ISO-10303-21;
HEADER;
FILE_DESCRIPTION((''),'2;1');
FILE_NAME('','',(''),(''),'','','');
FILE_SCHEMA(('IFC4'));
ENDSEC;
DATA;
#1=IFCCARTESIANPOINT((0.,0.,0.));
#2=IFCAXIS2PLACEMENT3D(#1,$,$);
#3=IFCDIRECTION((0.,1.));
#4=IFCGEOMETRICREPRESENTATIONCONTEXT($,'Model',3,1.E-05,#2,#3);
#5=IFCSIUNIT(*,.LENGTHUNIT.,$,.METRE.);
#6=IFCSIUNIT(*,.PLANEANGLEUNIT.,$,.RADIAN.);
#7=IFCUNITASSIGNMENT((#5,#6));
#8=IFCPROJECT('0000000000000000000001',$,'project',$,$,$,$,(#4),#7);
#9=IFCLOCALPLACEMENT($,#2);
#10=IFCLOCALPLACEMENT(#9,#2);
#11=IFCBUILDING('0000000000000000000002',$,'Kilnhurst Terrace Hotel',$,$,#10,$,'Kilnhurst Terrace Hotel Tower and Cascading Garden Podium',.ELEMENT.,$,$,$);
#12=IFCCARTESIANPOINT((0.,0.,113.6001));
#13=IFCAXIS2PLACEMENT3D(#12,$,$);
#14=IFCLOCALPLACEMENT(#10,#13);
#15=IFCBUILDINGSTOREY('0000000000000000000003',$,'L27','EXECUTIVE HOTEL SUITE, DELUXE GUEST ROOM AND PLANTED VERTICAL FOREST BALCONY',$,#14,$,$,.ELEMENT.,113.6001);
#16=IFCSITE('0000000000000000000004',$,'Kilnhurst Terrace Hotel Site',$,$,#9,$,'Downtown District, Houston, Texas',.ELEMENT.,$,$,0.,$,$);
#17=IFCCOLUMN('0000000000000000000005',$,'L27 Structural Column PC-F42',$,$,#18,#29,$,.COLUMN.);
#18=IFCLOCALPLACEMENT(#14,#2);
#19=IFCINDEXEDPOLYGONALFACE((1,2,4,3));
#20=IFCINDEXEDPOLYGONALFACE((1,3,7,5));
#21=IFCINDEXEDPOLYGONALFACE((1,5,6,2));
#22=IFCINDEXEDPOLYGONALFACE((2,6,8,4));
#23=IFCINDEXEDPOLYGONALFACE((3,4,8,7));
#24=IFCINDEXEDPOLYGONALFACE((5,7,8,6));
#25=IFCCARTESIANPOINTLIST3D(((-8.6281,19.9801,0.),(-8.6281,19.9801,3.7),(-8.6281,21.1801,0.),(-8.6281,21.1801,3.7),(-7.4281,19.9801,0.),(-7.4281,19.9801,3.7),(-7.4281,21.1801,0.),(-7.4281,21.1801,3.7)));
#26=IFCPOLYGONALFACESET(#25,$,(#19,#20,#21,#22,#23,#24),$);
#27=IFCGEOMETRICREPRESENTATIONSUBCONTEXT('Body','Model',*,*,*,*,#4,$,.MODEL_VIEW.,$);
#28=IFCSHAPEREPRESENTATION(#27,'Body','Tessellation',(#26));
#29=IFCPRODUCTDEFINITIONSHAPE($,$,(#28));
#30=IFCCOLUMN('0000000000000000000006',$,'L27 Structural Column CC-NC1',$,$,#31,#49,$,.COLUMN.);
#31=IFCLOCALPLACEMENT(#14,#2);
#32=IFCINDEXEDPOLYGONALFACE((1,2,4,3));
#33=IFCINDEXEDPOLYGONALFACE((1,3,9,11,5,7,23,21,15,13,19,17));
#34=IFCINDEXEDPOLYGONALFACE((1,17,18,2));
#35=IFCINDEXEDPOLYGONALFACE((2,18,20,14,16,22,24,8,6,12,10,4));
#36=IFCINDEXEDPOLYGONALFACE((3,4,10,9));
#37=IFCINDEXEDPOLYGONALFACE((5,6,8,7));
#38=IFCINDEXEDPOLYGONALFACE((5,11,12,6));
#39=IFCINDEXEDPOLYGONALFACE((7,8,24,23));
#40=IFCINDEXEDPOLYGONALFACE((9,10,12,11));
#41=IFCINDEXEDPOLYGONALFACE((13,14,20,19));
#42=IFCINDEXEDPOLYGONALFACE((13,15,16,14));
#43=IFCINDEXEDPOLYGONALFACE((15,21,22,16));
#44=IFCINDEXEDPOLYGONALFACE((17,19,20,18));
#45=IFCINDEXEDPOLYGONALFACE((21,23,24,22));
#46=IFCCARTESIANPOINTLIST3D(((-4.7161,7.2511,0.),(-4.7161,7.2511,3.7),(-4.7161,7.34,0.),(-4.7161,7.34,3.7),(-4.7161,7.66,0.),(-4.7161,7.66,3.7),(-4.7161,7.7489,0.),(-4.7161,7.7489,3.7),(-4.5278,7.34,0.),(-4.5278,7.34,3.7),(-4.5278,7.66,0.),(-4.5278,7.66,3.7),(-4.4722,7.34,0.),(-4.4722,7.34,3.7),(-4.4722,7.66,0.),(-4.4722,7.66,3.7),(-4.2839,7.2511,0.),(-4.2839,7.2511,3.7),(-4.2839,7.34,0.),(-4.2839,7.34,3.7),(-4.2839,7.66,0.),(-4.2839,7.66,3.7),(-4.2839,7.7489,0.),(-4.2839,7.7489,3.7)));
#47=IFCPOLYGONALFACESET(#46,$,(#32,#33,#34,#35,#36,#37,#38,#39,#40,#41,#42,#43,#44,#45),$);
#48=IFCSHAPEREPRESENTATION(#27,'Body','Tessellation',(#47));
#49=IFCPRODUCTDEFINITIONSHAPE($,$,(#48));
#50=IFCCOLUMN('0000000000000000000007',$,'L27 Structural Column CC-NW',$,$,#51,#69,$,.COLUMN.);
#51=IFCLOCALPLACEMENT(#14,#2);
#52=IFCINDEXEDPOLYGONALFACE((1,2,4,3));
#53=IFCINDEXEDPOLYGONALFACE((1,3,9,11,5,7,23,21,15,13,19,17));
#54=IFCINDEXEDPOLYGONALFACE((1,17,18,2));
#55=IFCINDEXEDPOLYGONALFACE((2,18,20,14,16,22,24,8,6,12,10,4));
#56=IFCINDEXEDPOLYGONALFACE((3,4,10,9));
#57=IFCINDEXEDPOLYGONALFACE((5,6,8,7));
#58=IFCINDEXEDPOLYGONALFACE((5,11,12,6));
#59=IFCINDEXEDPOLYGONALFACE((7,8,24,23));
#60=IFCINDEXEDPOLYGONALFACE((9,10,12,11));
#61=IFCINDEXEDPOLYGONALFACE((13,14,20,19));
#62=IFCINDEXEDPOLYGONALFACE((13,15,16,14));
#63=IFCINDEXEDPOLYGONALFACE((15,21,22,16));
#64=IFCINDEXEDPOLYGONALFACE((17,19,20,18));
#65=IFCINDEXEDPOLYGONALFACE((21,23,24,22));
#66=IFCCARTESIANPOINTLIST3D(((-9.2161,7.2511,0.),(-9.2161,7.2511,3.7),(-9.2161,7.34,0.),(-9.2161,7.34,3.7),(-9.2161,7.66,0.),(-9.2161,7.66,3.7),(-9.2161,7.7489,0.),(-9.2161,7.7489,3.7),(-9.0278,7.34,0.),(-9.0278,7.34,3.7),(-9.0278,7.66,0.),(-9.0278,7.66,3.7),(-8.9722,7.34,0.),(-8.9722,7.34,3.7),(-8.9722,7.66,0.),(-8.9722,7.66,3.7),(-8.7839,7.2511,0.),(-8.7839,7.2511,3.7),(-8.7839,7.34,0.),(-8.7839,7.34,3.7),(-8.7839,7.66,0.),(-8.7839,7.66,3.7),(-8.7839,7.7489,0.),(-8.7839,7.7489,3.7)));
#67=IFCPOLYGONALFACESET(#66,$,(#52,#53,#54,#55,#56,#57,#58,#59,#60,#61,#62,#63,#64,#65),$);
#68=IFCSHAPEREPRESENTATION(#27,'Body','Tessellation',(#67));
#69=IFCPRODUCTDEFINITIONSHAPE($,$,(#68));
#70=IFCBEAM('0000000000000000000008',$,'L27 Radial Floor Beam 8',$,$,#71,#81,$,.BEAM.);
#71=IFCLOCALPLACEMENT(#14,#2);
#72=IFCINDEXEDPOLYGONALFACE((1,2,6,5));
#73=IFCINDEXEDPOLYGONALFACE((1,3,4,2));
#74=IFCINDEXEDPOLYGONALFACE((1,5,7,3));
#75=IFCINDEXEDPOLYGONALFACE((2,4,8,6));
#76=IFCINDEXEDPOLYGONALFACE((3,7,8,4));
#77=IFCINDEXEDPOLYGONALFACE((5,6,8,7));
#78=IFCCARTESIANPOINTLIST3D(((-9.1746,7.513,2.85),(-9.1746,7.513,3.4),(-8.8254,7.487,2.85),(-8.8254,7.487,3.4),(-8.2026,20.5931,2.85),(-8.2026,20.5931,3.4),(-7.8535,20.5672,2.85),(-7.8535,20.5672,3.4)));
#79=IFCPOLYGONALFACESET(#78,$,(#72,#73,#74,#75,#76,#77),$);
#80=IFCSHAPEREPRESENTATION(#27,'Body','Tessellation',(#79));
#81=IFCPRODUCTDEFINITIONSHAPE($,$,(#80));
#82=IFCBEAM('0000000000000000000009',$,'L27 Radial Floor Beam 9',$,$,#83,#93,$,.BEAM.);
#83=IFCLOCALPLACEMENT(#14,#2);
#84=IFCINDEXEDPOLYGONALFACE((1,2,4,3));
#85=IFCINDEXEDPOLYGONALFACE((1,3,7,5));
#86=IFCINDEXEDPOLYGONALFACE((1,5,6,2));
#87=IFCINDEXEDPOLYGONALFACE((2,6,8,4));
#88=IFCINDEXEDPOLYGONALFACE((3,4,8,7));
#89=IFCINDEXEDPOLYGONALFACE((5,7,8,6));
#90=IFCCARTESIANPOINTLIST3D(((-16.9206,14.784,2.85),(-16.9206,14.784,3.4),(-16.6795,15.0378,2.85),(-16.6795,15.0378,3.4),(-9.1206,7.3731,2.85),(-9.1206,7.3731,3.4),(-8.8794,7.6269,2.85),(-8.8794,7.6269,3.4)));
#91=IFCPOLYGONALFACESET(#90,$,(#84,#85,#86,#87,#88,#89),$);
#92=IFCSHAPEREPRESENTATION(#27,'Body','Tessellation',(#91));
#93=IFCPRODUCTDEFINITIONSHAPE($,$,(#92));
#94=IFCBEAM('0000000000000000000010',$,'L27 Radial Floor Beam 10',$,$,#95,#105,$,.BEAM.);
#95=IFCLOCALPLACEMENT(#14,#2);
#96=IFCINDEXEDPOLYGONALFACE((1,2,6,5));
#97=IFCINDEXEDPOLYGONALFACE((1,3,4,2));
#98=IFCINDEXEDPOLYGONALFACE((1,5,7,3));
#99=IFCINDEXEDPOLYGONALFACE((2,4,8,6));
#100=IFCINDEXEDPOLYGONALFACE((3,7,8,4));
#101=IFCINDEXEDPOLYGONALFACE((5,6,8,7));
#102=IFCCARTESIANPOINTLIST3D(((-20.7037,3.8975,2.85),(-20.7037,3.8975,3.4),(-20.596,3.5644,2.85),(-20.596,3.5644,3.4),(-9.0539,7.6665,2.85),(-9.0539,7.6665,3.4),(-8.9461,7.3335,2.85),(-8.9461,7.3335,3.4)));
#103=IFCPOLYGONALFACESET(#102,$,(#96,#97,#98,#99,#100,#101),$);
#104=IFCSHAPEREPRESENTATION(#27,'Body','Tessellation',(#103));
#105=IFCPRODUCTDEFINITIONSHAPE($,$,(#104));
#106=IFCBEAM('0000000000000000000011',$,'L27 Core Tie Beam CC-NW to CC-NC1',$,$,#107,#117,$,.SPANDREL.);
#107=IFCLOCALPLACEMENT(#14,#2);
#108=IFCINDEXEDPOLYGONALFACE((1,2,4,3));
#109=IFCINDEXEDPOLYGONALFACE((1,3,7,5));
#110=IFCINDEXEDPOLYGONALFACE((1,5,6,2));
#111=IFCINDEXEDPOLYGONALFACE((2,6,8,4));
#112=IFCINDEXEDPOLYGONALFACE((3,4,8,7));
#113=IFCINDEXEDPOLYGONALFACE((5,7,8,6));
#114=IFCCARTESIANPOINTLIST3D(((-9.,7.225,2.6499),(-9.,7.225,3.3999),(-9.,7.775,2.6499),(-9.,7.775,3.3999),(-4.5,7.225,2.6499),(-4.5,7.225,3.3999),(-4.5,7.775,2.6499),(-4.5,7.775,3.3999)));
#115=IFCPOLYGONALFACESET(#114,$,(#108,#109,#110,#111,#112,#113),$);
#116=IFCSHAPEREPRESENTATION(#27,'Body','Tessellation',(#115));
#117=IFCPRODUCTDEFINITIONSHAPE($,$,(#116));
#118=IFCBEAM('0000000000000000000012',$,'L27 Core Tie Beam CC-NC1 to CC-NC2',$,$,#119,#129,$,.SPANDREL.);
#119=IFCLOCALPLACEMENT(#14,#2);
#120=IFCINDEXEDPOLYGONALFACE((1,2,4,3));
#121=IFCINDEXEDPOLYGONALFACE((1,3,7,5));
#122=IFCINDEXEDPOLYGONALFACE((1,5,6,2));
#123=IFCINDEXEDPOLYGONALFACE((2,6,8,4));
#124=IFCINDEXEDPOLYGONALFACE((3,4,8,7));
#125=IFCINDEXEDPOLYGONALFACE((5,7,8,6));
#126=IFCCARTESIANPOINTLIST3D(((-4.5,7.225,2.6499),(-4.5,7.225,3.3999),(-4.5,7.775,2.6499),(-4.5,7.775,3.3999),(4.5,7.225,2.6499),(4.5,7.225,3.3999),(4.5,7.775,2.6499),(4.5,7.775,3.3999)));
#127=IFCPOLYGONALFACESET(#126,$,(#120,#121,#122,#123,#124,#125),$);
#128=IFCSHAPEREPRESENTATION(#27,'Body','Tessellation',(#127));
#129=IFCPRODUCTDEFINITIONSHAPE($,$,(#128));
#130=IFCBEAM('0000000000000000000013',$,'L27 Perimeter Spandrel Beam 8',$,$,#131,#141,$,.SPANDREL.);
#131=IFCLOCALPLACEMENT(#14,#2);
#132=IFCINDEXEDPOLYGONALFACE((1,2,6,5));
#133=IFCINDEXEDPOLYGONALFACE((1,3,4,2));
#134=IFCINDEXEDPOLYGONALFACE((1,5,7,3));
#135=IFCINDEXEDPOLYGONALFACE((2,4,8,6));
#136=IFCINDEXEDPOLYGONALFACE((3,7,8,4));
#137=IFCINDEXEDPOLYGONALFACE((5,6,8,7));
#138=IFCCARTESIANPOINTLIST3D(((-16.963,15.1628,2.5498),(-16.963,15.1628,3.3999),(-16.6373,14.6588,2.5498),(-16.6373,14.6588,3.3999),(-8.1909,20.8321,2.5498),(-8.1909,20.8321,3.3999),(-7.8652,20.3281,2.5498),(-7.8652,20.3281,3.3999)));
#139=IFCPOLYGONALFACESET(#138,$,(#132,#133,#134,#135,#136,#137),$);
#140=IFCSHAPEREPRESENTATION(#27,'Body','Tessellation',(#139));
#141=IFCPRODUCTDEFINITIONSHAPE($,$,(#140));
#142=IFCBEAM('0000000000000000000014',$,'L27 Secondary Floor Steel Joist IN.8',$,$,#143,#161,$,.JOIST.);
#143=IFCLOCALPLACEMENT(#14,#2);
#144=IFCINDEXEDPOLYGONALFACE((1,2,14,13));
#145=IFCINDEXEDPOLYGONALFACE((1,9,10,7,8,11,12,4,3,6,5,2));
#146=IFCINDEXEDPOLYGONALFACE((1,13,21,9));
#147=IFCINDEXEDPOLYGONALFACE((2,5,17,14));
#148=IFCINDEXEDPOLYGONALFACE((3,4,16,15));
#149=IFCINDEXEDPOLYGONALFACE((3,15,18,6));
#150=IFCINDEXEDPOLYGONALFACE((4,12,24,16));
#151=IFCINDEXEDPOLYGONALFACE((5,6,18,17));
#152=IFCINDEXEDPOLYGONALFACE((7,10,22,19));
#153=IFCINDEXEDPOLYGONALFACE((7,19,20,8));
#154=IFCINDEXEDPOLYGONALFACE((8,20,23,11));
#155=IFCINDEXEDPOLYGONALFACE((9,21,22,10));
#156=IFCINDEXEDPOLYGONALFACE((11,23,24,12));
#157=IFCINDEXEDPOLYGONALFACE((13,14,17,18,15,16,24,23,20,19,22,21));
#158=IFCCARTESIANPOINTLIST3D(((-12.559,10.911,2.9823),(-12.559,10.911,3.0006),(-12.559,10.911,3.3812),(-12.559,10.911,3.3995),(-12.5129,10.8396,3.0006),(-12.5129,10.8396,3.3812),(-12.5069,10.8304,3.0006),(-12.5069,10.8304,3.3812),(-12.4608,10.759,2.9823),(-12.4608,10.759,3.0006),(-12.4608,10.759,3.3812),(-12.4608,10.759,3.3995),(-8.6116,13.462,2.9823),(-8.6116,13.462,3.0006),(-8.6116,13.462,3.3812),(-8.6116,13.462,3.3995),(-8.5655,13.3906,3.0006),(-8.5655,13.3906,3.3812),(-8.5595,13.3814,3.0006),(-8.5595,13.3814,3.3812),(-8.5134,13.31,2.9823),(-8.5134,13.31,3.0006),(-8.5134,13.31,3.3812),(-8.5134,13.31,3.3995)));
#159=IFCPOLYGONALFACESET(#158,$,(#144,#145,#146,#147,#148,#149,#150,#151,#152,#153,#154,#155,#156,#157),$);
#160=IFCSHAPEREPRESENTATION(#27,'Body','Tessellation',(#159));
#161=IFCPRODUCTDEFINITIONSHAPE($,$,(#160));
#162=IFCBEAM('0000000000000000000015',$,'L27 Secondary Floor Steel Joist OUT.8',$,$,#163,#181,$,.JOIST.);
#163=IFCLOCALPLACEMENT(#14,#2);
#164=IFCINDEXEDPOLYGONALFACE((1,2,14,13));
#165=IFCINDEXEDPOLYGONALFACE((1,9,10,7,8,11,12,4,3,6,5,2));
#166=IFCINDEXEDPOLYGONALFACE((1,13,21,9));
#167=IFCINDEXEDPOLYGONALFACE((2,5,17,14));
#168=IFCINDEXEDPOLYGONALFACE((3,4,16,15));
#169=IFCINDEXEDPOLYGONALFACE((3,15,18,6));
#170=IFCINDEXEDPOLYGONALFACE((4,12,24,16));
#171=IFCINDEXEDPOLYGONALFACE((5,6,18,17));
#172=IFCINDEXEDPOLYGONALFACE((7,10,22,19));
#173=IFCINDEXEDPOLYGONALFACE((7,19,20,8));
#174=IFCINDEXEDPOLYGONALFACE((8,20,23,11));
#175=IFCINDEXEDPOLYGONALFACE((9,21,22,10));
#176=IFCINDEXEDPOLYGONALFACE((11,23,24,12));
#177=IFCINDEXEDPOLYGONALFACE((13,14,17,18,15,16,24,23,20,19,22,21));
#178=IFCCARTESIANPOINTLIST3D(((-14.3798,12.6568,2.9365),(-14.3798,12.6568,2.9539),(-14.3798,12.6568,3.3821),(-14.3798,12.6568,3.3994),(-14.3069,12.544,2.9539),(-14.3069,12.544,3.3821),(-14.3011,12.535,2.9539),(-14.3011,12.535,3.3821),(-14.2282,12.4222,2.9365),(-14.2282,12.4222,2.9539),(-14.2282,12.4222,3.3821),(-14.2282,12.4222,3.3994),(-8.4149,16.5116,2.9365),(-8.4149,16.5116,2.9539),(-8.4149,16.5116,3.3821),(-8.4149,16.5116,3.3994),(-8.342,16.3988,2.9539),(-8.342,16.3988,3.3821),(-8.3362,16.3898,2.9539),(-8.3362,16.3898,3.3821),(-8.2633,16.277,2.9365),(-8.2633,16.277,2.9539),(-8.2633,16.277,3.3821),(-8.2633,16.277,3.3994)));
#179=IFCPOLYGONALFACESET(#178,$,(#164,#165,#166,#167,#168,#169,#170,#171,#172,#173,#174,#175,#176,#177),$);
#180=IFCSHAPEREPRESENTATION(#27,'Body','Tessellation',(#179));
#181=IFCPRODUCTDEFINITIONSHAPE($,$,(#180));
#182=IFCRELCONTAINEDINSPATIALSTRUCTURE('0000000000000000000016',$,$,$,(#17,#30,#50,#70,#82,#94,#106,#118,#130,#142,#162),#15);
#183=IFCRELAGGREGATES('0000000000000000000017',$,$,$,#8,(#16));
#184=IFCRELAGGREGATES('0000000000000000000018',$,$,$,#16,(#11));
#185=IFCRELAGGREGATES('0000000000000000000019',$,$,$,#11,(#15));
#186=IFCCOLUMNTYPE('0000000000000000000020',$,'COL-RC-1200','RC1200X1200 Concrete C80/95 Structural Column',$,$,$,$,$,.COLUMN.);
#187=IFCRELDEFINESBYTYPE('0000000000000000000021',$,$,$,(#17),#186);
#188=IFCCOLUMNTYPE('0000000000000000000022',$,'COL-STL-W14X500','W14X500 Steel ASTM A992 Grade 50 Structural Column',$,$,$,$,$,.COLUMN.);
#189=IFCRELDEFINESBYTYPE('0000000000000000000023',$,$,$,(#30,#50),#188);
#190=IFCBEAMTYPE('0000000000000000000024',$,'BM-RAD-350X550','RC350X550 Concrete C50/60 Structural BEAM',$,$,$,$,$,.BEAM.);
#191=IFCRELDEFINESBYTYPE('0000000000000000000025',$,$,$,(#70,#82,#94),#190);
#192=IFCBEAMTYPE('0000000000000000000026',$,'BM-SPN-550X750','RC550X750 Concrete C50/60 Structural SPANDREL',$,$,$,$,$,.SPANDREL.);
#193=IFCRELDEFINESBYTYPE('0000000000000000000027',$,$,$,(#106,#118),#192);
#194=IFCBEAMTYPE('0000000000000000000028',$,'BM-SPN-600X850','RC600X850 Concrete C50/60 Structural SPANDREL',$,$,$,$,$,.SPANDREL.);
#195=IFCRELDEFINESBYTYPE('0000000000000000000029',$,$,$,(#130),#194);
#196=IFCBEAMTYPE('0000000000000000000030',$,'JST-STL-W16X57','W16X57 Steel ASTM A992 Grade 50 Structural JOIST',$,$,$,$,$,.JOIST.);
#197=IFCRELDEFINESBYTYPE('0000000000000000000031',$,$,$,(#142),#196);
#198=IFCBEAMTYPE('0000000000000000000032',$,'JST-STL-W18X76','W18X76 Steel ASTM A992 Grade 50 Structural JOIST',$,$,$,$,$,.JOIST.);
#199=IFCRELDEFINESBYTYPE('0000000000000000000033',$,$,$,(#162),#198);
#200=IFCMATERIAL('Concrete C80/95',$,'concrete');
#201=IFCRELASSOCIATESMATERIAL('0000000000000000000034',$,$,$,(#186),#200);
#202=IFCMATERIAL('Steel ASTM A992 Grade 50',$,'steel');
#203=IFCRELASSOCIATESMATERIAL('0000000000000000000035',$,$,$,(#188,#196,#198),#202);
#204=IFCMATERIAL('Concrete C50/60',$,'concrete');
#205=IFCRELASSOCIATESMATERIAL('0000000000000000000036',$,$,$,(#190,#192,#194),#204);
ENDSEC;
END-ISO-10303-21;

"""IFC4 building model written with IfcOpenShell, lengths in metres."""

from ifc_helpers import new_model, si_unit, direction, frame, origin, origin_2d, place, context, subcontext, project, spatial, rectangle, i_section, extrude, material, material_profile, profile_set, type_object, element, save


model = new_model("IFC4")

# Units and contexts
model_context = context("Model", 3, precision=1e-05, world=origin(), true_north=direction((0.0, 1.0)))
body_context = subcontext(model_context, "Body", "Model", "MODEL_VIEW")
ifc_project = project(units=[si_unit("LENGTHUNIT", "METRE"), si_unit("PLANEANGLEUNIT", "RADIAN")], contexts=[model_context])

# Site, building, storey
site_placement = place(None, origin())
site = spatial("IfcSite", under=ifc_project, at=site_placement, Name="Kilnhurst Terrace Hotel Site", LongName="Downtown District, Houston, Texas", CompositionType="ELEMENT", RefElevation=0.0)
building_placement = place(site_placement, origin())
building = spatial("IfcBuilding", under=site, at=building_placement, Name="Kilnhurst Terrace Hotel", LongName="Kilnhurst Terrace Hotel Tower and Cascading Garden Podium", CompositionType="ELEMENT")
storey_placement = place(building_placement, frame((0.0, 0.0, 113.6001)))
storey = spatial("IfcBuildingStorey", under=building, at=storey_placement, Name="L27", Description="EXECUTIVE HOTEL SUITE, DELUXE GUEST ROOM AND PLANTED VERTICAL FOREST BALCONY", CompositionType="ELEMENT", Elevation=113.6001)

# Columns
ifc_material_1 = material(Name="Concrete C80/95", Category="concrete")
ifc_material_profile_1 = material_profile(ifc_material_1, rectangle(XDim=1.2, YDim=1.2, at=origin_2d()), Name="RC1200X1200")
ifc_profile_set_1 = profile_set([ifc_material_profile_1], Name="Concrete C80/95")
column_type_1 = type_object("IfcColumnType", Name="COL-RC-1200", Description="RC1200X1200 Concrete C80/95 Structural Column", PredefinedType="COLUMN", material=ifc_profile_set_1)
column_placement = place(storey_placement, frame((-8.0281, 20.5801, 0.0), z_axis=(0.0, 0.0, 1.0), x_axis=(1.0, 0.0, 0.0)))
element("IfcColumn", 1, at=column_placement, inside=storey, type_object=column_type_1, Name="L27 Structural Column PC-F42", PredefinedType="COLUMN", context=body_context, shape_type="SweptSolid", body=[
    extrude(rectangle(XDim=1.2, YDim=1.2, at=origin_2d()), origin(), (0.0, 0.0, 1.0), 3.7),
])
ifc_material_2 = material(Name="Steel ASTM A992 Grade 50", Category="steel")
ifc_material_profile_2 = material_profile(ifc_material_2, i_section(OverallWidth=0.4321, OverallDepth=0.4978, WebThickness=0.0557, FlangeThickness=0.0889, at=origin_2d()), Name="W14X500")
ifc_profile_set_2 = profile_set([ifc_material_profile_2], Name="Steel ASTM A992 Grade 50")
column_type_2 = type_object("IfcColumnType", Name="COL-STL-W14X500", Description="W14X500 Steel ASTM A992 Grade 50 Structural Column", PredefinedType="COLUMN", material=ifc_profile_set_2)
for number, where, z_axis, x_axis, name in (
    (2, (-4.5, 7.5, 0.0), (0.0, 0.0, 1.0), (1.0, 0.0, 0.0), "L27 Structural Column CC-NC1"),
    (3, (-9.0, 7.5, 0.0), (0.0, 0.0, 1.0), (1.0, 0.0, 0.0), "L27 Structural Column CC-NW"),
):
    element("IfcColumn", number, at=place(storey_placement, frame(where, z_axis=z_axis, x_axis=x_axis)), inside=storey, type_object=column_type_2, Name=name, PredefinedType="COLUMN", context=body_context, shape_type="SweptSolid", body=[
        extrude(i_section(OverallWidth=0.4321, OverallDepth=0.4978, WebThickness=0.0557, FlangeThickness=0.0889, at=origin_2d()), origin(), (0.0, 0.0, 1.0), 3.7),
    ])

# Beams
ifc_material_3 = material(Name="Concrete C50/60", Category="concrete")
ifc_material_profile_3 = material_profile(ifc_material_3, rectangle(XDim=0.3501, YDim=0.55, at=origin_2d()), Name="RC350X550")
ifc_profile_set_3 = profile_set([ifc_material_profile_3], Name="Concrete C50/60")
beam_type_1 = type_object("IfcBeamType", Name="BM-RAD-350X550", Description="RC350X550 Concrete C50/60 Structural BEAM", PredefinedType="BEAM", material=ifc_profile_set_3)
beam_1_placement = place(storey_placement, frame((-9.0, 7.5, 3.125), z_axis=(0.074101, 0.997251, 0.0), x_axis=(-0.997251, 0.074101, 0.0)))
element("IfcBeam", 4, at=beam_1_placement, inside=storey, type_object=beam_type_1, Name="L27 Radial Floor Beam 8", PredefinedType="BEAM", context=body_context, shape_type="SweptSolid", body=[
    extrude(rectangle(XDim=0.3501, YDim=0.55, at=origin_2d()), origin(), (0.0, 0.0, 1.0), 13.1162),
])
beam_2_placement = place(storey_placement, frame((-9.0, 7.5, 3.125), z_axis=(-0.72496, 0.688791, 0.0), x_axis=(-0.688791, -0.72496, 0.0)))
element("IfcBeam", 5, at=beam_2_placement, inside=storey, type_object=beam_type_1, Name="L27 Radial Floor Beam 9", PredefinedType="BEAM", context=body_context, shape_type="SweptSolid", body=[
    extrude(rectangle(XDim=0.3501, YDim=0.55, at=origin_2d()), origin(), (0.0, 0.0, 1.0), 10.7593),
])
beam_3_placement = place(storey_placement, frame((-9.0, 7.5, 3.125), z_axis=(-0.951446, -0.307817, 0.0), x_axis=(0.307817, -0.951446, 0.0)))
element("IfcBeam", 6, at=beam_3_placement, inside=storey, type_object=beam_type_1, Name="L27 Radial Floor Beam 10", PredefinedType="BEAM", context=body_context, shape_type="SweptSolid", body=[
    extrude(rectangle(XDim=0.3501, YDim=0.55, at=origin_2d()), origin(), (0.0, 0.0, 1.0), 12.2444),
])
ifc_material_profile_4 = material_profile(ifc_material_3, rectangle(XDim=0.55, YDim=0.75, at=origin_2d()), Name="RC550X750")
ifc_profile_set_4 = profile_set([ifc_material_profile_4], Name="Concrete C50/60")
beam_type_2 = type_object("IfcBeamType", Name="BM-SPN-550X750", Description="RC550X750 Concrete C50/60 Structural SPANDREL", PredefinedType="SPANDREL", material=ifc_profile_set_4)
beam_4_placement = place(storey_placement, frame((-9.0, 7.5, 3.0249), z_axis=(1.0, 0.0, 0.0), x_axis=(0.0, 1.0, 0.0)))
element("IfcBeam", 7, at=beam_4_placement, inside=storey, type_object=beam_type_2, Name="L27 Core Tie Beam CC-NW to CC-NC1", PredefinedType="SPANDREL", context=body_context, shape_type="SweptSolid", body=[
    extrude(rectangle(XDim=0.55, YDim=0.75, at=origin_2d()), origin(), (0.0, 0.0, 1.0), 4.5),
])
beam_5_placement = place(storey_placement, frame((-4.5, 7.5, 3.0249), z_axis=(1.0, 0.0, 0.0), x_axis=(0.0, 1.0, 0.0)))
element("IfcBeam", 8, at=beam_5_placement, inside=storey, type_object=beam_type_2, Name="L27 Core Tie Beam CC-NC1 to CC-NC2", PredefinedType="SPANDREL", context=body_context, shape_type="SweptSolid", body=[
    extrude(rectangle(XDim=0.55, YDim=0.75, at=origin_2d()), origin(), (0.0, 0.0, 1.0), 9.0),
])
ifc_material_profile_5 = material_profile(ifc_material_3, rectangle(XDim=0.6001, YDim=0.8501, at=origin_2d()), Name="RC600X850")
ifc_profile_set_5 = profile_set([ifc_material_profile_5], Name="Concrete C50/60")
beam_type_3 = type_object("IfcBeamType", Name="BM-SPN-600X850", Description="RC600X850 Concrete C50/60 Structural SPANDREL", PredefinedType="SPANDREL", material=ifc_profile_set_5)
beam_6_placement = place(storey_placement, frame((-8.0281, 20.5801, 2.9749), z_axis=(-0.839867, -0.542793, 0.0), x_axis=(0.542793, -0.839867, 0.0)))
element("IfcBeam", 9, at=beam_6_placement, inside=storey, type_object=beam_type_3, Name="L27 Perimeter Spandrel Beam 8", PredefinedType="SPANDREL", context=body_context, shape_type="SweptSolid", body=[
    extrude(rectangle(XDim=0.6001, YDim=0.8501, at=origin_2d()), origin(), (0.0, 0.0, 1.0), 10.4446),
])
ifc_material_profile_6 = material_profile(ifc_material_2, i_section(OverallWidth=0.1809, OverallDepth=0.4172, WebThickness=0.011, FlangeThickness=0.0183, at=origin_2d()), Name="W16X57")
ifc_profile_set_6 = profile_set([ifc_material_profile_6], Name="Steel ASTM A992 Grade 50")
beam_type_4 = type_object("IfcBeamType", Name="JST-STL-W16X57", Description="W16X57 Steel ASTM A992 Grade 50 Structural JOIST", PredefinedType="JOIST", material=ifc_profile_set_6)
beam_7_placement = place(storey_placement, frame((-8.5625, 13.386, 3.1909), z_axis=(-0.839885, -0.542764, 0.0), x_axis=(0.542764, -0.839885, 0.0)))
element("IfcBeam", 10, at=beam_7_placement, inside=storey, type_object=beam_type_4, Name="L27 Secondary Floor Steel Joist IN.8", PredefinedType="JOIST", context=body_context, shape_type="SweptSolid", body=[
    extrude(i_section(OverallWidth=0.1809, OverallDepth=0.4172, WebThickness=0.011, FlangeThickness=0.0183, at=origin_2d()), origin(), (0.0, 0.0, 1.0), 4.7),
])
ifc_material_profile_7 = material_profile(ifc_material_2, i_section(OverallWidth=0.2793, OverallDepth=0.4629, WebThickness=0.0107, FlangeThickness=0.0173, at=origin_2d()), Name="W18X76")
ifc_profile_set_7 = profile_set([ifc_material_profile_7], Name="Steel ASTM A992 Grade 50")
beam_type_5 = type_object("IfcBeamType", Name="JST-STL-W18X76", Description="W18X76 Steel ASTM A992 Grade 50 Structural JOIST", PredefinedType="JOIST", material=ifc_profile_set_7)
beam_8_placement = place(storey_placement, frame((-8.3391, 16.3943, 3.168), z_axis=(-0.839883, -0.542768, 0.0), x_axis=(0.542768, -0.839883, 0.0)))
element("IfcBeam", 11, at=beam_8_placement, inside=storey, type_object=beam_type_5, Name="L27 Secondary Floor Steel Joist OUT.8", PredefinedType="JOIST", context=body_context, shape_type="SweptSolid", body=[
    extrude(i_section(OverallWidth=0.2793, OverallDepth=0.4629, WebThickness=0.0107, FlangeThickness=0.0173, at=origin_2d()), origin(), (0.0, 0.0, 1.0), 7.1021),
])

save(model, "model.ifc")
